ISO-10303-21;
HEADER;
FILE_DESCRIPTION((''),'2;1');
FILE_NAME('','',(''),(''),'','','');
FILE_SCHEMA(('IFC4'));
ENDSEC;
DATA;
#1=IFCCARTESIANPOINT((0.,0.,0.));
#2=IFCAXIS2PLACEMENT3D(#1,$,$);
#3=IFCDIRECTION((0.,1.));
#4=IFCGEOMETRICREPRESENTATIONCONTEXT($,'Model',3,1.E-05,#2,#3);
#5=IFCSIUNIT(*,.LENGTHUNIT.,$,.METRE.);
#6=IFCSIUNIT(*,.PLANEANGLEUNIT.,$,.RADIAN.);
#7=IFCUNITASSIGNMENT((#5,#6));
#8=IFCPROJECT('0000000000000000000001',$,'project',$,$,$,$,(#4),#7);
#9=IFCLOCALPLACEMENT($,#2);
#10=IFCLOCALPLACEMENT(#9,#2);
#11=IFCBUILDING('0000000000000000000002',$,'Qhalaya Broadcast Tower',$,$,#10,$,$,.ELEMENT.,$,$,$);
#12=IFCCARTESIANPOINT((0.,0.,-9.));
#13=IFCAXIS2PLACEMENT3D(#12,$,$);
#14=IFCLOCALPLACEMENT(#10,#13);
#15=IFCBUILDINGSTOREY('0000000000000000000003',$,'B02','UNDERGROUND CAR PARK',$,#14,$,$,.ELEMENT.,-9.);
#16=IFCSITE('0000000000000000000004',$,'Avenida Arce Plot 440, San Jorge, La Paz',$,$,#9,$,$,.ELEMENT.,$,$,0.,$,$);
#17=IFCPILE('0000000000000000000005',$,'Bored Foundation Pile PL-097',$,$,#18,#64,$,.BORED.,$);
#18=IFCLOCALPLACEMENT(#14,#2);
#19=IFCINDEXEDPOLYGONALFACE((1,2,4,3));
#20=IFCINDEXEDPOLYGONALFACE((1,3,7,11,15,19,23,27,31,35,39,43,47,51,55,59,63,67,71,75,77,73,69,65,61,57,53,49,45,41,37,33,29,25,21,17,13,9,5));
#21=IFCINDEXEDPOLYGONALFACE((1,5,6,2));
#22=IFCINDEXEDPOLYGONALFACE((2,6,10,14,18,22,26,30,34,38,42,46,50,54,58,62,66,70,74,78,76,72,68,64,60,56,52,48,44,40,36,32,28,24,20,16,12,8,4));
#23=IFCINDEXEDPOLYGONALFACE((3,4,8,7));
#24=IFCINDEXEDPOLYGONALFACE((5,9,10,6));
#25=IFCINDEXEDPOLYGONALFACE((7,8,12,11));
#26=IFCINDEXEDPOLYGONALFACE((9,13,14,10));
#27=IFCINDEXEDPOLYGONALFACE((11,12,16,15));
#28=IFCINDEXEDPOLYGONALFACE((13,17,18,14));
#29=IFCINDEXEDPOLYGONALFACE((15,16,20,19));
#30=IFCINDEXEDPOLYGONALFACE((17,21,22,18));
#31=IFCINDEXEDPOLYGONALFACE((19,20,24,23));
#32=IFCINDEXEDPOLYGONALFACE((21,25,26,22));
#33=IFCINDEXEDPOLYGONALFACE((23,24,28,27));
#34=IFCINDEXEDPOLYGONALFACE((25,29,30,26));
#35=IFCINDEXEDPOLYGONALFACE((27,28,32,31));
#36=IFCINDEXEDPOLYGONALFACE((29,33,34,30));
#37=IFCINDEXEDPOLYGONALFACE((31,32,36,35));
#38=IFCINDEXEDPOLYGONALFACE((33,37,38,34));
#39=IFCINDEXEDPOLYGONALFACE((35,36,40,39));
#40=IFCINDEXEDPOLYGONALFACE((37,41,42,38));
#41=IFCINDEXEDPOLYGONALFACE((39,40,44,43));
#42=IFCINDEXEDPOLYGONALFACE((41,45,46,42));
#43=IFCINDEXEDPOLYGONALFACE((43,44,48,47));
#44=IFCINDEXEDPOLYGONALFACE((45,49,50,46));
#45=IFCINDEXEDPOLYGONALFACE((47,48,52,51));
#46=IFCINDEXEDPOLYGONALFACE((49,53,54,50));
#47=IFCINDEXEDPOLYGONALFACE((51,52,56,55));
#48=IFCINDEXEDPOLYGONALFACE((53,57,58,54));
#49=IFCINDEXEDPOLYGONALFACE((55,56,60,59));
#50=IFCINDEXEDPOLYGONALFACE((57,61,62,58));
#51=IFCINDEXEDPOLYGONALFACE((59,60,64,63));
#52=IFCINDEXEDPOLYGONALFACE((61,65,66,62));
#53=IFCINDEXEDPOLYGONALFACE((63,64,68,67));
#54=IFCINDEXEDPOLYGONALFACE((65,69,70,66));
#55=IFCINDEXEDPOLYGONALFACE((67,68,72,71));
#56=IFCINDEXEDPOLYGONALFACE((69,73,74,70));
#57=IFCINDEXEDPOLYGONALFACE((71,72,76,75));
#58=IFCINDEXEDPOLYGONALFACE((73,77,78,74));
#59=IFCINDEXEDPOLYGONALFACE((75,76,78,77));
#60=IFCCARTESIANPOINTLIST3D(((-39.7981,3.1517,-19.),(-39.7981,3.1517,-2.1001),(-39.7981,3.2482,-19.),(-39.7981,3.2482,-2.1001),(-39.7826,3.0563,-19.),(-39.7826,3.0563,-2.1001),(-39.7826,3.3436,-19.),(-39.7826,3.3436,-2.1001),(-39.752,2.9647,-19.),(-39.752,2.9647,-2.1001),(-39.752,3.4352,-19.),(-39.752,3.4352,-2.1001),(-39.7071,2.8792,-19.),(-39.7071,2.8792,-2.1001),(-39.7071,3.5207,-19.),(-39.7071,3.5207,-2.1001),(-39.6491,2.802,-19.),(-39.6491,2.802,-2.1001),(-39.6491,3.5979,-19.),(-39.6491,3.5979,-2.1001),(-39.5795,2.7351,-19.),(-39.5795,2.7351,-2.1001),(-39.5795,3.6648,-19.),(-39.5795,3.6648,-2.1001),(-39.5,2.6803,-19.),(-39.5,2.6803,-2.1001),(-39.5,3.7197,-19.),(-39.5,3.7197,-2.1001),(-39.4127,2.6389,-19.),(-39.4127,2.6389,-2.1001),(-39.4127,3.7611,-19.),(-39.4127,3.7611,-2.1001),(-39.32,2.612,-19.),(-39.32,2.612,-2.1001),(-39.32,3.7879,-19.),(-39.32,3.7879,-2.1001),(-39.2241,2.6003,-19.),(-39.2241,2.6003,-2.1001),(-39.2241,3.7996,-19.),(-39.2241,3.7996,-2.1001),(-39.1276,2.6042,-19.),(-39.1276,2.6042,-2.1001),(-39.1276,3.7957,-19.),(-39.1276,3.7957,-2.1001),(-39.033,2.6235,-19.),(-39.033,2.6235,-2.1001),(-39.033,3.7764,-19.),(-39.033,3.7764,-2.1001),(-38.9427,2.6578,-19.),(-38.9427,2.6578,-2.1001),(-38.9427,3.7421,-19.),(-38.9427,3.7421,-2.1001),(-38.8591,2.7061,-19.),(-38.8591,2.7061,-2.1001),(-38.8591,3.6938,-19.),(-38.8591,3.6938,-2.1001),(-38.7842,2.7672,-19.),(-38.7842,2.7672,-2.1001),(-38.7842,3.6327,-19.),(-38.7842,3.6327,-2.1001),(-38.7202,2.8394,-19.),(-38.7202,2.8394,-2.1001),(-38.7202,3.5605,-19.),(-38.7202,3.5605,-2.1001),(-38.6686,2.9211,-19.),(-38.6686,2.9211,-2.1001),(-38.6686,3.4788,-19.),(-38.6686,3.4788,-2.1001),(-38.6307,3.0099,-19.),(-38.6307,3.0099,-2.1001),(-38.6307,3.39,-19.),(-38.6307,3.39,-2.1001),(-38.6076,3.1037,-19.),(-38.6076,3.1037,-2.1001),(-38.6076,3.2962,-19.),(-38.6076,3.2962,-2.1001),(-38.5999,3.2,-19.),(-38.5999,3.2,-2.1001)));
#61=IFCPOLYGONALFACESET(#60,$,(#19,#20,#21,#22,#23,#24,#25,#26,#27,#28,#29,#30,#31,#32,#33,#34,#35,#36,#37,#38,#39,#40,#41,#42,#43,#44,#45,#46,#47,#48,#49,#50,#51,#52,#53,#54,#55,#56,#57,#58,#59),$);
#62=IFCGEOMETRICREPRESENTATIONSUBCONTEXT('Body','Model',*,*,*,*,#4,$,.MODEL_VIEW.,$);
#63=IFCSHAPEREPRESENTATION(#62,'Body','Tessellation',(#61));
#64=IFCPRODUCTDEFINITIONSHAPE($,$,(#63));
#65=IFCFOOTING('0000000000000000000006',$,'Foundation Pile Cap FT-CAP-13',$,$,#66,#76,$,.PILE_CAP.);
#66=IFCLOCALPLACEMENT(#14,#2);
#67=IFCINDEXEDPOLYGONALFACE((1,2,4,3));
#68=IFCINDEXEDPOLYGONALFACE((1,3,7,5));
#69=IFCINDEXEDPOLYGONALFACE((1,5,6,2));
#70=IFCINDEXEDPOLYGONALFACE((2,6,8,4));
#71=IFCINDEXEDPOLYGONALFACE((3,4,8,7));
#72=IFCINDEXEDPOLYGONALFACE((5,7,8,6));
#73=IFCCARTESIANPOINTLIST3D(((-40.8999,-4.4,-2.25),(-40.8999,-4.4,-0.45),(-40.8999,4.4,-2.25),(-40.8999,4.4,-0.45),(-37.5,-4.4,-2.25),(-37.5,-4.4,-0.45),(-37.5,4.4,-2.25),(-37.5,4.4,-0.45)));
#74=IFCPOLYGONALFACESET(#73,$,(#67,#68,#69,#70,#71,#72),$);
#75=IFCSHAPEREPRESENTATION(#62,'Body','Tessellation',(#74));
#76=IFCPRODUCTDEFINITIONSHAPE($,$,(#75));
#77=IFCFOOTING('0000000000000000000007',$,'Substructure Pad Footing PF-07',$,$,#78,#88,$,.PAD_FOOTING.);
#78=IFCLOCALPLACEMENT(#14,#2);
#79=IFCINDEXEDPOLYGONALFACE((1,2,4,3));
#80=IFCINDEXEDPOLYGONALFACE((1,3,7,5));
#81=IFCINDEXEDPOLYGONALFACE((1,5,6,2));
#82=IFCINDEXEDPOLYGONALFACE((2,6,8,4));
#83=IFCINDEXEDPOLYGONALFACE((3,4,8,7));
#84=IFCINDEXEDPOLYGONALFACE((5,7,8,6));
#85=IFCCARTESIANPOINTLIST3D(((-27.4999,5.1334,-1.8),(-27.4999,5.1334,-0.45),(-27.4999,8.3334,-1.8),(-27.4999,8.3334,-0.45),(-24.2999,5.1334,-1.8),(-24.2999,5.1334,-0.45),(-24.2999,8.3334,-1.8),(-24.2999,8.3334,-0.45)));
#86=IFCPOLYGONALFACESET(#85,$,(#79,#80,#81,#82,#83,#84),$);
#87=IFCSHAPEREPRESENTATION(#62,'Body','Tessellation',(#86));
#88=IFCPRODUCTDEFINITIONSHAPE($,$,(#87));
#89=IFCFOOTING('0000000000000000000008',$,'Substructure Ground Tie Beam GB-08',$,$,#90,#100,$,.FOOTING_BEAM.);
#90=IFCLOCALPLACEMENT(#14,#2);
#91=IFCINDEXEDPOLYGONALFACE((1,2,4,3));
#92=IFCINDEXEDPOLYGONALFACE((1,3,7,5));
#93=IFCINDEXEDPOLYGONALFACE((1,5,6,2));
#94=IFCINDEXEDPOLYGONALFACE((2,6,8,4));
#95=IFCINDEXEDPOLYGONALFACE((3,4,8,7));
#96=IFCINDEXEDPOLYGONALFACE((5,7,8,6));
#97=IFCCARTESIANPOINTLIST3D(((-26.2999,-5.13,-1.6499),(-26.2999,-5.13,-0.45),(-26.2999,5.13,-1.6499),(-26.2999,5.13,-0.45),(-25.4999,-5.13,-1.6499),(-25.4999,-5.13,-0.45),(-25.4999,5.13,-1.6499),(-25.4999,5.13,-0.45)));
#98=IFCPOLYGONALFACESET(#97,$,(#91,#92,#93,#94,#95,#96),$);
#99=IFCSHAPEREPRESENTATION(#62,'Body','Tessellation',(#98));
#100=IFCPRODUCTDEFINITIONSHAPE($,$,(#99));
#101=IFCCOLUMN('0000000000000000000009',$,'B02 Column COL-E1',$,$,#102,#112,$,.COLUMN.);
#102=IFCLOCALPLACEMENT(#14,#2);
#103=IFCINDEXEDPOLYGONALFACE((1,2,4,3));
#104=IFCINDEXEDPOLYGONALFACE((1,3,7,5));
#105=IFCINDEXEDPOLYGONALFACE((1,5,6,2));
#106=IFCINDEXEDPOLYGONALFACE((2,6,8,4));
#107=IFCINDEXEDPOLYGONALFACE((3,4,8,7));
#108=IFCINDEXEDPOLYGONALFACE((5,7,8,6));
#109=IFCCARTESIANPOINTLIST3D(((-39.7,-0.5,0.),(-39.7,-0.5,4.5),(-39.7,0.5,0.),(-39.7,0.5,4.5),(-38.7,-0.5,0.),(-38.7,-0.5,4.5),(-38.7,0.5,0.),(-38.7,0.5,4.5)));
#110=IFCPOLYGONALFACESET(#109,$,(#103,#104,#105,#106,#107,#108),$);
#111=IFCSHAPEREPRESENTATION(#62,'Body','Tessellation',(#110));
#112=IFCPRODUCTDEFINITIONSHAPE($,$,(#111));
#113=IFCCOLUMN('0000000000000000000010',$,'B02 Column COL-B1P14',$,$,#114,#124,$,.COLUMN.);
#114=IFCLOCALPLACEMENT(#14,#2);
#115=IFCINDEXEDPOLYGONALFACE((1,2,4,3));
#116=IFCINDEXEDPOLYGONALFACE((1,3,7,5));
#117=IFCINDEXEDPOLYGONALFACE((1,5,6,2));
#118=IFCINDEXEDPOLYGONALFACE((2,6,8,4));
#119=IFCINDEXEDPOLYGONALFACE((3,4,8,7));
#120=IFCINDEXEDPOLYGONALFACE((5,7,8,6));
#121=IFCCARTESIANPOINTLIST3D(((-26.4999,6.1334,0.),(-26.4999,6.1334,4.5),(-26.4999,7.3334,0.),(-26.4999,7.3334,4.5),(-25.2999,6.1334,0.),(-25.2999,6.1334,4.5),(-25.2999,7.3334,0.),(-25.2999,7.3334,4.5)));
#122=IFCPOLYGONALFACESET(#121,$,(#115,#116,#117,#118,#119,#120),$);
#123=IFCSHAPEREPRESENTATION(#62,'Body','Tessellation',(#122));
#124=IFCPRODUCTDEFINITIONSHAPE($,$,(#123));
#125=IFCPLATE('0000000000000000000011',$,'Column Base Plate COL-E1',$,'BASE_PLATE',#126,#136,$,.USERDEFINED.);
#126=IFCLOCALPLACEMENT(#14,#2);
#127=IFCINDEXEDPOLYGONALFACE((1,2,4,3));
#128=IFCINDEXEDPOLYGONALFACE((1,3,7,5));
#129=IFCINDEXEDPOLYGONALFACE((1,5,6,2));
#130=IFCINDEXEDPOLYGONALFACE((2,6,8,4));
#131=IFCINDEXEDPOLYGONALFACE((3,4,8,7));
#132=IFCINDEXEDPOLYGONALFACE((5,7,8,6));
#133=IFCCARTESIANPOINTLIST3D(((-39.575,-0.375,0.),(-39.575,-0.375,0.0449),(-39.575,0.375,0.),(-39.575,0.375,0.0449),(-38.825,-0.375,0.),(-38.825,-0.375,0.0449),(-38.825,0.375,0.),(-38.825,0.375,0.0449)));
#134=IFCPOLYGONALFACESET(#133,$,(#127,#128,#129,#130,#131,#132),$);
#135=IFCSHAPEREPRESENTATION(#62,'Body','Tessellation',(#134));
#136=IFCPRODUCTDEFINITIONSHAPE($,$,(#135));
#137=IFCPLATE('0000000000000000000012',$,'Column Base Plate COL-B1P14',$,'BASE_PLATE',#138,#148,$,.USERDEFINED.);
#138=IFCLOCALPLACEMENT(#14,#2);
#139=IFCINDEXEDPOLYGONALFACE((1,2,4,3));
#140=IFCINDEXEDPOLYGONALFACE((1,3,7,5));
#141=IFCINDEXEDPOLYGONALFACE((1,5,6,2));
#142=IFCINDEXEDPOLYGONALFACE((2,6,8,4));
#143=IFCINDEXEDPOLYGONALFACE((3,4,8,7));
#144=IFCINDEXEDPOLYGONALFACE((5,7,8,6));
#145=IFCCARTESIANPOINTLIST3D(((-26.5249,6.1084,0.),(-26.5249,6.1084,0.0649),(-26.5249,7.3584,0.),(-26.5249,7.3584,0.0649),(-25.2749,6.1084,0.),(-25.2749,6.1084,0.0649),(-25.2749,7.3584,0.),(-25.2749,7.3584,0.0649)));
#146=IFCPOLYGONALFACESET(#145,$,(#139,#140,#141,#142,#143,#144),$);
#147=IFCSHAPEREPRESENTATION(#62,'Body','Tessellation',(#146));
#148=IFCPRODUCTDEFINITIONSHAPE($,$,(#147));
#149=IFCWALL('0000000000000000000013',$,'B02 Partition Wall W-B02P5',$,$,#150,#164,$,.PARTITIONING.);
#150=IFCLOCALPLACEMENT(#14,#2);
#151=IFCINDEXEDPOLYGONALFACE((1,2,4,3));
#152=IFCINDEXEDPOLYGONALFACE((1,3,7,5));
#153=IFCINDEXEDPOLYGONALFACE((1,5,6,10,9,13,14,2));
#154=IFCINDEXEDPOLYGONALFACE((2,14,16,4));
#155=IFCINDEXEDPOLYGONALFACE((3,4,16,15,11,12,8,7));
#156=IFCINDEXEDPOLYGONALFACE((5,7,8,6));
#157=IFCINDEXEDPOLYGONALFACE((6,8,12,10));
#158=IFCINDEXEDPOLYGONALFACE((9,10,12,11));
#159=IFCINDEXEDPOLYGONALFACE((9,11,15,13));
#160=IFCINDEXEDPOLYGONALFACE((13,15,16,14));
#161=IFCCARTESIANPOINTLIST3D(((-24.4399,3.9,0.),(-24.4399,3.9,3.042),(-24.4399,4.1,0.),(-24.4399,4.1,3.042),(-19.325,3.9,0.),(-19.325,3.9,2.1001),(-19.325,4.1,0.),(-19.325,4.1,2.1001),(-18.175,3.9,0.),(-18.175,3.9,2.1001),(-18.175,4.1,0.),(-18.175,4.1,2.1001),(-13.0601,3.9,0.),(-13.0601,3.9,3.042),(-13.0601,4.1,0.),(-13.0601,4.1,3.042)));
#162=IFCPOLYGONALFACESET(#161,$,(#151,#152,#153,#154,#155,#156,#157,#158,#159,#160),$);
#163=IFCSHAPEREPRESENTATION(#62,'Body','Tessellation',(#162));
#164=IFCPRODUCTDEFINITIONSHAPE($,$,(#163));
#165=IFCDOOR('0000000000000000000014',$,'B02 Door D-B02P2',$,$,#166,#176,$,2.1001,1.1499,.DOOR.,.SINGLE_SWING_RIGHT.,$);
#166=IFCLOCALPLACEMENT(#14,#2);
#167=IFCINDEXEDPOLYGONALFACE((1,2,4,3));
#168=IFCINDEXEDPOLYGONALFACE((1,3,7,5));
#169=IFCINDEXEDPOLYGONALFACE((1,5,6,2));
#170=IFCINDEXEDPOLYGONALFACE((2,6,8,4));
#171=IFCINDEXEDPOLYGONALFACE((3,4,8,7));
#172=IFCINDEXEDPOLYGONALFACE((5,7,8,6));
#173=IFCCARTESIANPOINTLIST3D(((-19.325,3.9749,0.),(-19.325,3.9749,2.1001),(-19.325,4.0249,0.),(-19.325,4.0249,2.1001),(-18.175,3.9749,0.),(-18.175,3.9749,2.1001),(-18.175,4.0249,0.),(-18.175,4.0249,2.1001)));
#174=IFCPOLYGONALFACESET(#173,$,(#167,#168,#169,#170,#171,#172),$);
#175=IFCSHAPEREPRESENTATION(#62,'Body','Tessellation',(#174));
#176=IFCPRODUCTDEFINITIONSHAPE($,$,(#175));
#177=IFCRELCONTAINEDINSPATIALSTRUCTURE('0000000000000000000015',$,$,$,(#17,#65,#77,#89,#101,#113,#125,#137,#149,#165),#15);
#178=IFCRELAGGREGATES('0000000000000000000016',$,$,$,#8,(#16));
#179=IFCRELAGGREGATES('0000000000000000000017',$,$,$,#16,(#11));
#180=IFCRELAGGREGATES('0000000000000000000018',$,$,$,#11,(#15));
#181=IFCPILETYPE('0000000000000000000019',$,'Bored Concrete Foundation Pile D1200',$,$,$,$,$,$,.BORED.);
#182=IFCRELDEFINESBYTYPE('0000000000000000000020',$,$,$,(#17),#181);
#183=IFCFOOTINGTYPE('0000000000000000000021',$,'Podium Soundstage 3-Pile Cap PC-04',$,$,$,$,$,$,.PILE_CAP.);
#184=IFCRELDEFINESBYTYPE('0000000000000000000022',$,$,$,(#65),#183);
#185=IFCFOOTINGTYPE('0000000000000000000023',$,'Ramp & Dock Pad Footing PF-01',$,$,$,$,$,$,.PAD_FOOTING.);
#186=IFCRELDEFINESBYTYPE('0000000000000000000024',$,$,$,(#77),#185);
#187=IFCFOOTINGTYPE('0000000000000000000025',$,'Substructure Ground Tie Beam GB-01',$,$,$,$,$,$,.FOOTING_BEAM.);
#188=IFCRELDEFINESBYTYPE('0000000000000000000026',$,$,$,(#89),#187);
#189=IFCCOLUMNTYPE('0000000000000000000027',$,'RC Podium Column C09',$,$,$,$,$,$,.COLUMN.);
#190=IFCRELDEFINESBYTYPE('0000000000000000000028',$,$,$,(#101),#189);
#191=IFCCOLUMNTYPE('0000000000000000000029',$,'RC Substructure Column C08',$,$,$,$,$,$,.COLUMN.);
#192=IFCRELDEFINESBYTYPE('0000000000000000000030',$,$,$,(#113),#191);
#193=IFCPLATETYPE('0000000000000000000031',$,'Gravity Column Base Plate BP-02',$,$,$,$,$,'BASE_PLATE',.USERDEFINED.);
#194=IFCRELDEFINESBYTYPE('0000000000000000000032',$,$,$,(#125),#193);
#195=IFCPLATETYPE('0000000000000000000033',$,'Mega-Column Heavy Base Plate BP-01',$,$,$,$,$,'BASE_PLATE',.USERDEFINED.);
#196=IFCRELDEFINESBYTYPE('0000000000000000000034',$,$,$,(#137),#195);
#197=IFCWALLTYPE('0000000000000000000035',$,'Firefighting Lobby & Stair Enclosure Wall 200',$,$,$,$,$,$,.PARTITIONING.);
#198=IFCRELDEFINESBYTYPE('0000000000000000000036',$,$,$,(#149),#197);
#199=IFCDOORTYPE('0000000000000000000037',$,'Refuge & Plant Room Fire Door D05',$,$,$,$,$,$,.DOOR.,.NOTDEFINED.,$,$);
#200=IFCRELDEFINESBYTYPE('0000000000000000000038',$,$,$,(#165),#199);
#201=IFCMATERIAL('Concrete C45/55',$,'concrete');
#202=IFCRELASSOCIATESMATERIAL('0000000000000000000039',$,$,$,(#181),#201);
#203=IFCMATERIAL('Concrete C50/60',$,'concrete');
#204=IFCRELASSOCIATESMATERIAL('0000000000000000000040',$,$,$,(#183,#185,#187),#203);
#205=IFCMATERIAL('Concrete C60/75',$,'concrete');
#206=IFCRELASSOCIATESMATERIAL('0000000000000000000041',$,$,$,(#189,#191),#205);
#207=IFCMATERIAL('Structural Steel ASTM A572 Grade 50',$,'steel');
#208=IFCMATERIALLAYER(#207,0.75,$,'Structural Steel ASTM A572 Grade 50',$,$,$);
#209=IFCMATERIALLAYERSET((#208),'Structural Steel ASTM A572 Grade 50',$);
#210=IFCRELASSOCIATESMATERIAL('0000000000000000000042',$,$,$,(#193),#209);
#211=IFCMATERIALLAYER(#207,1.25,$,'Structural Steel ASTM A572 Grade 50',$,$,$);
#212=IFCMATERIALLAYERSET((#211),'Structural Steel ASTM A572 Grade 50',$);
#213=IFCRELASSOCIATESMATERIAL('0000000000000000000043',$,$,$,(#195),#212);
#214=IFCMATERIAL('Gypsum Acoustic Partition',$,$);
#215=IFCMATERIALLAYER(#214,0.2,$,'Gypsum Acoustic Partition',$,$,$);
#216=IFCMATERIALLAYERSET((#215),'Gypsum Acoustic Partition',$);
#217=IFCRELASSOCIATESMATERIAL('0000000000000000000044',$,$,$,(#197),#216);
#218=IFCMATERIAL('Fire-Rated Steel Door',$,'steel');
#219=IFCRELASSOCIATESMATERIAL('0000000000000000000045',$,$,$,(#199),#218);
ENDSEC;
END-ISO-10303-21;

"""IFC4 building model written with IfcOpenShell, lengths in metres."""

from ifc_helpers import new_model, si_unit, direction, frame, frame_2d, origin, origin_2d, place, context, subcontext, project, spatial, rectangle, circle, extrude, material, layer, layer_set, material_profile, profile_set, type_object, element, fill, save


model = new_model("IFC4")

# Units and contexts
model_context = context("Model", 3, precision=1e-05, world=origin(), true_north=direction((0.0, 1.0)))
body_context = subcontext(model_context, "Body", "Model", "MODEL_VIEW")
ifc_project = project(units=[si_unit("LENGTHUNIT", "METRE"), si_unit("PLANEANGLEUNIT", "RADIAN")], contexts=[model_context])

# Site, building, storey
site_placement = place(None, origin())
site = spatial("IfcSite", under=ifc_project, at=site_placement, Name="Avenida Arce Plot 440, San Jorge, La Paz", CompositionType="ELEMENT", RefElevation=0.0)
building_placement = place(site_placement, origin())
building = spatial("IfcBuilding", under=site, at=building_placement, Name="Qhalaya Broadcast Tower", CompositionType="ELEMENT")
storey_placement = place(building_placement, frame((0.0, 0.0, -9.0)))
storey = spatial("IfcBuildingStorey", under=building, at=storey_placement, Name="B02", Description="UNDERGROUND CAR PARK", CompositionType="ELEMENT", Elevation=-9.0)

# Pile
ifc_material_1 = material(Name="Concrete C45/55", Category="concrete")
ifc_material_profile_1 = material_profile(ifc_material_1, circle(Radius=0.6001, at=origin_2d()), Name="PILE D1200")
ifc_profile_set_1 = profile_set([ifc_material_profile_1], Name="Concrete C45/55")
pile_type = type_object("IfcPileType", Name="Bored Concrete Foundation Pile D1200", PredefinedType="BORED", material=ifc_profile_set_1)
for number, where, z_axis, x_axis, name in (
    (1, (-39.2, 3.2, -2.1001), (0.0, 0.0, -1.0), (1.0, 0.0, 0.0), "Bored Foundation Pile PL-097"),
):
    element("IfcPile", number, at=place(storey_placement, frame(where, z_axis=z_axis, x_axis=x_axis)), inside=storey, type_object=pile_type, Name=name, PredefinedType="BORED", context=body_context, shape_type="SweptSolid", body=[
        extrude(circle(Radius=0.6001, at=origin_2d()), origin(), (0.0, 0.0, 1.0), 16.8999),
    ])

# Footings
ifc_material_2 = material(Name="Concrete C50/60", Category="concrete")
footing_type_1 = type_object("IfcFootingType", Name="Podium Soundstage 3-Pile Cap PC-04", PredefinedType="PILE_CAP", material=ifc_material_2)
footing_1_placement = place(storey_placement, frame((-39.2, 0.0, -2.25), z_axis=(0.0, 0.0, 1.0), x_axis=(1.0, 0.0, 0.0)))
element("IfcFooting", 2, at=footing_1_placement, inside=storey, type_object=footing_type_1, Name="Foundation Pile Cap FT-CAP-13", PredefinedType="PILE_CAP", context=body_context, shape_type="SweptSolid", body=[
    extrude(rectangle(XDim=3.3999, YDim=8.8, at=origin_2d()), origin(), (0.0, 0.0, 1.0), 1.8),
])
footing_type_2 = type_object("IfcFootingType", Name="Ramp & Dock Pad Footing PF-01", PredefinedType="PAD_FOOTING", material=ifc_material_2)
footing_2_placement = place(storey_placement, frame((-25.8999, 6.7334, -1.8), z_axis=(0.0, 0.0, 1.0), x_axis=(1.0, 0.0, 0.0)))
element("IfcFooting", 3, at=footing_2_placement, inside=storey, type_object=footing_type_2, Name="Substructure Pad Footing PF-07", PredefinedType="PAD_FOOTING", context=body_context, shape_type="SweptSolid", body=[
    extrude(rectangle(XDim=3.2, YDim=3.2, at=origin_2d()), origin(), (0.0, 0.0, 1.0), 1.3501),
])
footing_type_3 = type_object("IfcFootingType", Name="Substructure Ground Tie Beam GB-01", PredefinedType="FOOTING_BEAM", material=ifc_material_2)
footing_3_placement = place(storey_placement, frame((-25.8999, 0.0, -1.6499), z_axis=(0.0, 0.0, 1.0), x_axis=(0.0, 1.0, 0.0)))
element("IfcFooting", 4, at=footing_3_placement, inside=storey, type_object=footing_type_3, Name="Substructure Ground Tie Beam GB-08", PredefinedType="FOOTING_BEAM", context=body_context, shape_type="SweptSolid", body=[
    extrude(rectangle(XDim=10.26, YDim=0.8, at=origin_2d()), origin(), (0.0, 0.0, 1.0), 1.2),
])

# Columns
ifc_material_3 = material(Name="Concrete C60/75", Category="concrete")
ifc_material_profile_2 = material_profile(ifc_material_3, rectangle(XDim=1.0, YDim=1.0, at=origin_2d()), Name="RC-COL 1000x1000")
ifc_profile_set_2 = profile_set([ifc_material_profile_2], Name="Concrete C60/75")
column_type_1 = type_object("IfcColumnType", Name="RC Podium Column C09", PredefinedType="COLUMN", material=ifc_profile_set_2)
column_1_placement = place(storey_placement, frame((-39.2, 0.0, 0.0), z_axis=(0.0, 0.0, 1.0), x_axis=(1.0, 0.0, 0.0)))
element("IfcColumn", 5, at=column_1_placement, inside=storey, type_object=column_type_1, Name="B02 Column COL-E1", PredefinedType="COLUMN", context=body_context, shape_type="SweptSolid", body=[
    extrude(rectangle(XDim=1.0, YDim=1.0, at=origin_2d()), origin(), (0.0, 0.0, 1.0), 4.5),
])
ifc_material_profile_3 = material_profile(ifc_material_3, rectangle(XDim=1.2, YDim=1.2, at=origin_2d()), Name="RC-COL 1200x1200")
ifc_profile_set_3 = profile_set([ifc_material_profile_3], Name="Concrete C60/75")
column_type_2 = type_object("IfcColumnType", Name="RC Substructure Column C08", PredefinedType="COLUMN", material=ifc_profile_set_3)
column_2_placement = place(storey_placement, frame((-25.8999, 6.7334, 0.0), z_axis=(0.0, 0.0, 1.0), x_axis=(0.0, 1.0, 0.0)))
element("IfcColumn", 6, at=column_2_placement, inside=storey, type_object=column_type_2, Name="B02 Column COL-B1P14", PredefinedType="COLUMN", context=body_context, shape_type="SweptSolid", body=[
    extrude(rectangle(XDim=1.2, YDim=1.2, at=origin_2d()), origin(), (0.0, 0.0, 1.0), 4.5),
])

# Plates
ifc_material_4 = material(Name="Structural Steel ASTM A572 Grade 50", Category="steel")
ifc_layer_1 = layer(ifc_material_4, 0.75, Name="Structural Steel ASTM A572 Grade 50")
ifc_layer_set_1 = layer_set([ifc_layer_1], Name="Structural Steel ASTM A572 Grade 50")
plate_type_1 = type_object("IfcPlateType", Name="Gravity Column Base Plate BP-02", ElementType="BASE_PLATE", PredefinedType="USERDEFINED", material=ifc_layer_set_1)
plate_1_placement = place(storey_placement, frame((-39.2, 0.0, 0.0), z_axis=(0.0, 0.0, 1.0), x_axis=(1.0, 0.0, 0.0)))
element("IfcPlate", 7, at=plate_1_placement, inside=storey, type_object=plate_type_1, Name="Column Base Plate COL-E1", ObjectType="BASE_PLATE", PredefinedType="USERDEFINED", context=body_context, shape_type="SweptSolid", body=[
    extrude(rectangle(XDim=0.75, YDim=0.75, at=origin_2d()), origin(), (0.0, 0.0, 1.0), 0.0449),
])
ifc_layer_2 = layer(ifc_material_4, 1.25, Name="Structural Steel ASTM A572 Grade 50")
ifc_layer_set_2 = layer_set([ifc_layer_2], Name="Structural Steel ASTM A572 Grade 50")
plate_type_2 = type_object("IfcPlateType", Name="Mega-Column Heavy Base Plate BP-01", ElementType="BASE_PLATE", PredefinedType="USERDEFINED", material=ifc_layer_set_2)
plate_2_placement = place(storey_placement, frame((-25.8999, 6.7334, 0.0), z_axis=(0.0, 0.0, 1.0), x_axis=(0.0, 1.0, 0.0)))
element("IfcPlate", 8, at=plate_2_placement, inside=storey, type_object=plate_type_2, Name="Column Base Plate COL-B1P14", ObjectType="BASE_PLATE", PredefinedType="USERDEFINED", context=body_context, shape_type="SweptSolid", body=[
    extrude(rectangle(XDim=1.25, YDim=1.25, at=origin_2d()), origin(), (0.0, 0.0, 1.0), 0.0649),
])

# Wall, opening, door
ifc_material_5 = material(Name="Gypsum Acoustic Partition")
ifc_layer_3 = layer(ifc_material_5, 0.2, Name="Gypsum Acoustic Partition")
ifc_layer_set_3 = layer_set([ifc_layer_3], Name="Gypsum Acoustic Partition")
wall_type_1 = type_object("IfcWallType", Name="Firefighting Lobby & Stair Enclosure Wall 200", PredefinedType="PARTITIONING", material=ifc_layer_set_3)
wall_1_placement = place(storey_placement, frame((-24.4399, 4.0, 0.0), z_axis=(0.0, 0.0, 1.0), x_axis=(1.0, 0.0, 0.0)))
wall_1 = element("IfcWall", 9, at=wall_1_placement, inside=storey, type_object=wall_type_1, Name="B02 Partition Wall W-B02P5", PredefinedType="PARTITIONING", context=body_context, shape_type="SweptSolid", body=[
    extrude(rectangle(XDim=11.3799, YDim=0.2, at=frame_2d((5.6899, 0.0))), origin(), (0.0, 0.0, 1.0), 3.042),
])
opening_placement = place(wall_1_placement, frame((5.115, 0.0, 0.0)))
opening = element("IfcOpeningElement", 10, at=opening_placement, cuts=wall_1, PredefinedType="OPENING", context=body_context, shape_type="SweptSolid", body=[
    extrude(rectangle(XDim=1.1499, YDim=2.1001, at=frame_2d((0.575, 1.05))), frame((0.0, 0.1121, 0.0), z_axis=(0.0, -1.0, 0.0), x_axis=(1.0, 0.0, 0.0)), (0.0, 0.0, 1.0), 0.2239),
])
ifc_material_6 = material(Name="Fire-Rated Steel Door", Category="steel")
door_type = type_object("IfcDoorType", Name="Refuge & Plant Room Fire Door D05", OperationType="NOTDEFINED", PredefinedType="DOOR", material=ifc_material_6)
door_placement = place(opening_placement, origin())
door = element("IfcDoor", 11, at=door_placement, inside=storey, type_object=door_type, Name="B02 Door D-B02P2", OperationType="SINGLE_SWING_RIGHT", OverallHeight=2.1001, OverallWidth=1.1499, PredefinedType="DOOR", context=body_context, shape_type="SweptSolid", body=[
    extrude(rectangle(XDim=1.1499, YDim=2.1001, at=frame_2d((0.575, 1.05))), frame((0.0, 0.0249, 0.0), z_axis=(0.0, -1.0, 0.0), x_axis=(1.0, 0.0, 0.0)), (0.0, 0.0, 1.0), 0.05),
])
fill(opening, door)

save(model, "model.ifc")
